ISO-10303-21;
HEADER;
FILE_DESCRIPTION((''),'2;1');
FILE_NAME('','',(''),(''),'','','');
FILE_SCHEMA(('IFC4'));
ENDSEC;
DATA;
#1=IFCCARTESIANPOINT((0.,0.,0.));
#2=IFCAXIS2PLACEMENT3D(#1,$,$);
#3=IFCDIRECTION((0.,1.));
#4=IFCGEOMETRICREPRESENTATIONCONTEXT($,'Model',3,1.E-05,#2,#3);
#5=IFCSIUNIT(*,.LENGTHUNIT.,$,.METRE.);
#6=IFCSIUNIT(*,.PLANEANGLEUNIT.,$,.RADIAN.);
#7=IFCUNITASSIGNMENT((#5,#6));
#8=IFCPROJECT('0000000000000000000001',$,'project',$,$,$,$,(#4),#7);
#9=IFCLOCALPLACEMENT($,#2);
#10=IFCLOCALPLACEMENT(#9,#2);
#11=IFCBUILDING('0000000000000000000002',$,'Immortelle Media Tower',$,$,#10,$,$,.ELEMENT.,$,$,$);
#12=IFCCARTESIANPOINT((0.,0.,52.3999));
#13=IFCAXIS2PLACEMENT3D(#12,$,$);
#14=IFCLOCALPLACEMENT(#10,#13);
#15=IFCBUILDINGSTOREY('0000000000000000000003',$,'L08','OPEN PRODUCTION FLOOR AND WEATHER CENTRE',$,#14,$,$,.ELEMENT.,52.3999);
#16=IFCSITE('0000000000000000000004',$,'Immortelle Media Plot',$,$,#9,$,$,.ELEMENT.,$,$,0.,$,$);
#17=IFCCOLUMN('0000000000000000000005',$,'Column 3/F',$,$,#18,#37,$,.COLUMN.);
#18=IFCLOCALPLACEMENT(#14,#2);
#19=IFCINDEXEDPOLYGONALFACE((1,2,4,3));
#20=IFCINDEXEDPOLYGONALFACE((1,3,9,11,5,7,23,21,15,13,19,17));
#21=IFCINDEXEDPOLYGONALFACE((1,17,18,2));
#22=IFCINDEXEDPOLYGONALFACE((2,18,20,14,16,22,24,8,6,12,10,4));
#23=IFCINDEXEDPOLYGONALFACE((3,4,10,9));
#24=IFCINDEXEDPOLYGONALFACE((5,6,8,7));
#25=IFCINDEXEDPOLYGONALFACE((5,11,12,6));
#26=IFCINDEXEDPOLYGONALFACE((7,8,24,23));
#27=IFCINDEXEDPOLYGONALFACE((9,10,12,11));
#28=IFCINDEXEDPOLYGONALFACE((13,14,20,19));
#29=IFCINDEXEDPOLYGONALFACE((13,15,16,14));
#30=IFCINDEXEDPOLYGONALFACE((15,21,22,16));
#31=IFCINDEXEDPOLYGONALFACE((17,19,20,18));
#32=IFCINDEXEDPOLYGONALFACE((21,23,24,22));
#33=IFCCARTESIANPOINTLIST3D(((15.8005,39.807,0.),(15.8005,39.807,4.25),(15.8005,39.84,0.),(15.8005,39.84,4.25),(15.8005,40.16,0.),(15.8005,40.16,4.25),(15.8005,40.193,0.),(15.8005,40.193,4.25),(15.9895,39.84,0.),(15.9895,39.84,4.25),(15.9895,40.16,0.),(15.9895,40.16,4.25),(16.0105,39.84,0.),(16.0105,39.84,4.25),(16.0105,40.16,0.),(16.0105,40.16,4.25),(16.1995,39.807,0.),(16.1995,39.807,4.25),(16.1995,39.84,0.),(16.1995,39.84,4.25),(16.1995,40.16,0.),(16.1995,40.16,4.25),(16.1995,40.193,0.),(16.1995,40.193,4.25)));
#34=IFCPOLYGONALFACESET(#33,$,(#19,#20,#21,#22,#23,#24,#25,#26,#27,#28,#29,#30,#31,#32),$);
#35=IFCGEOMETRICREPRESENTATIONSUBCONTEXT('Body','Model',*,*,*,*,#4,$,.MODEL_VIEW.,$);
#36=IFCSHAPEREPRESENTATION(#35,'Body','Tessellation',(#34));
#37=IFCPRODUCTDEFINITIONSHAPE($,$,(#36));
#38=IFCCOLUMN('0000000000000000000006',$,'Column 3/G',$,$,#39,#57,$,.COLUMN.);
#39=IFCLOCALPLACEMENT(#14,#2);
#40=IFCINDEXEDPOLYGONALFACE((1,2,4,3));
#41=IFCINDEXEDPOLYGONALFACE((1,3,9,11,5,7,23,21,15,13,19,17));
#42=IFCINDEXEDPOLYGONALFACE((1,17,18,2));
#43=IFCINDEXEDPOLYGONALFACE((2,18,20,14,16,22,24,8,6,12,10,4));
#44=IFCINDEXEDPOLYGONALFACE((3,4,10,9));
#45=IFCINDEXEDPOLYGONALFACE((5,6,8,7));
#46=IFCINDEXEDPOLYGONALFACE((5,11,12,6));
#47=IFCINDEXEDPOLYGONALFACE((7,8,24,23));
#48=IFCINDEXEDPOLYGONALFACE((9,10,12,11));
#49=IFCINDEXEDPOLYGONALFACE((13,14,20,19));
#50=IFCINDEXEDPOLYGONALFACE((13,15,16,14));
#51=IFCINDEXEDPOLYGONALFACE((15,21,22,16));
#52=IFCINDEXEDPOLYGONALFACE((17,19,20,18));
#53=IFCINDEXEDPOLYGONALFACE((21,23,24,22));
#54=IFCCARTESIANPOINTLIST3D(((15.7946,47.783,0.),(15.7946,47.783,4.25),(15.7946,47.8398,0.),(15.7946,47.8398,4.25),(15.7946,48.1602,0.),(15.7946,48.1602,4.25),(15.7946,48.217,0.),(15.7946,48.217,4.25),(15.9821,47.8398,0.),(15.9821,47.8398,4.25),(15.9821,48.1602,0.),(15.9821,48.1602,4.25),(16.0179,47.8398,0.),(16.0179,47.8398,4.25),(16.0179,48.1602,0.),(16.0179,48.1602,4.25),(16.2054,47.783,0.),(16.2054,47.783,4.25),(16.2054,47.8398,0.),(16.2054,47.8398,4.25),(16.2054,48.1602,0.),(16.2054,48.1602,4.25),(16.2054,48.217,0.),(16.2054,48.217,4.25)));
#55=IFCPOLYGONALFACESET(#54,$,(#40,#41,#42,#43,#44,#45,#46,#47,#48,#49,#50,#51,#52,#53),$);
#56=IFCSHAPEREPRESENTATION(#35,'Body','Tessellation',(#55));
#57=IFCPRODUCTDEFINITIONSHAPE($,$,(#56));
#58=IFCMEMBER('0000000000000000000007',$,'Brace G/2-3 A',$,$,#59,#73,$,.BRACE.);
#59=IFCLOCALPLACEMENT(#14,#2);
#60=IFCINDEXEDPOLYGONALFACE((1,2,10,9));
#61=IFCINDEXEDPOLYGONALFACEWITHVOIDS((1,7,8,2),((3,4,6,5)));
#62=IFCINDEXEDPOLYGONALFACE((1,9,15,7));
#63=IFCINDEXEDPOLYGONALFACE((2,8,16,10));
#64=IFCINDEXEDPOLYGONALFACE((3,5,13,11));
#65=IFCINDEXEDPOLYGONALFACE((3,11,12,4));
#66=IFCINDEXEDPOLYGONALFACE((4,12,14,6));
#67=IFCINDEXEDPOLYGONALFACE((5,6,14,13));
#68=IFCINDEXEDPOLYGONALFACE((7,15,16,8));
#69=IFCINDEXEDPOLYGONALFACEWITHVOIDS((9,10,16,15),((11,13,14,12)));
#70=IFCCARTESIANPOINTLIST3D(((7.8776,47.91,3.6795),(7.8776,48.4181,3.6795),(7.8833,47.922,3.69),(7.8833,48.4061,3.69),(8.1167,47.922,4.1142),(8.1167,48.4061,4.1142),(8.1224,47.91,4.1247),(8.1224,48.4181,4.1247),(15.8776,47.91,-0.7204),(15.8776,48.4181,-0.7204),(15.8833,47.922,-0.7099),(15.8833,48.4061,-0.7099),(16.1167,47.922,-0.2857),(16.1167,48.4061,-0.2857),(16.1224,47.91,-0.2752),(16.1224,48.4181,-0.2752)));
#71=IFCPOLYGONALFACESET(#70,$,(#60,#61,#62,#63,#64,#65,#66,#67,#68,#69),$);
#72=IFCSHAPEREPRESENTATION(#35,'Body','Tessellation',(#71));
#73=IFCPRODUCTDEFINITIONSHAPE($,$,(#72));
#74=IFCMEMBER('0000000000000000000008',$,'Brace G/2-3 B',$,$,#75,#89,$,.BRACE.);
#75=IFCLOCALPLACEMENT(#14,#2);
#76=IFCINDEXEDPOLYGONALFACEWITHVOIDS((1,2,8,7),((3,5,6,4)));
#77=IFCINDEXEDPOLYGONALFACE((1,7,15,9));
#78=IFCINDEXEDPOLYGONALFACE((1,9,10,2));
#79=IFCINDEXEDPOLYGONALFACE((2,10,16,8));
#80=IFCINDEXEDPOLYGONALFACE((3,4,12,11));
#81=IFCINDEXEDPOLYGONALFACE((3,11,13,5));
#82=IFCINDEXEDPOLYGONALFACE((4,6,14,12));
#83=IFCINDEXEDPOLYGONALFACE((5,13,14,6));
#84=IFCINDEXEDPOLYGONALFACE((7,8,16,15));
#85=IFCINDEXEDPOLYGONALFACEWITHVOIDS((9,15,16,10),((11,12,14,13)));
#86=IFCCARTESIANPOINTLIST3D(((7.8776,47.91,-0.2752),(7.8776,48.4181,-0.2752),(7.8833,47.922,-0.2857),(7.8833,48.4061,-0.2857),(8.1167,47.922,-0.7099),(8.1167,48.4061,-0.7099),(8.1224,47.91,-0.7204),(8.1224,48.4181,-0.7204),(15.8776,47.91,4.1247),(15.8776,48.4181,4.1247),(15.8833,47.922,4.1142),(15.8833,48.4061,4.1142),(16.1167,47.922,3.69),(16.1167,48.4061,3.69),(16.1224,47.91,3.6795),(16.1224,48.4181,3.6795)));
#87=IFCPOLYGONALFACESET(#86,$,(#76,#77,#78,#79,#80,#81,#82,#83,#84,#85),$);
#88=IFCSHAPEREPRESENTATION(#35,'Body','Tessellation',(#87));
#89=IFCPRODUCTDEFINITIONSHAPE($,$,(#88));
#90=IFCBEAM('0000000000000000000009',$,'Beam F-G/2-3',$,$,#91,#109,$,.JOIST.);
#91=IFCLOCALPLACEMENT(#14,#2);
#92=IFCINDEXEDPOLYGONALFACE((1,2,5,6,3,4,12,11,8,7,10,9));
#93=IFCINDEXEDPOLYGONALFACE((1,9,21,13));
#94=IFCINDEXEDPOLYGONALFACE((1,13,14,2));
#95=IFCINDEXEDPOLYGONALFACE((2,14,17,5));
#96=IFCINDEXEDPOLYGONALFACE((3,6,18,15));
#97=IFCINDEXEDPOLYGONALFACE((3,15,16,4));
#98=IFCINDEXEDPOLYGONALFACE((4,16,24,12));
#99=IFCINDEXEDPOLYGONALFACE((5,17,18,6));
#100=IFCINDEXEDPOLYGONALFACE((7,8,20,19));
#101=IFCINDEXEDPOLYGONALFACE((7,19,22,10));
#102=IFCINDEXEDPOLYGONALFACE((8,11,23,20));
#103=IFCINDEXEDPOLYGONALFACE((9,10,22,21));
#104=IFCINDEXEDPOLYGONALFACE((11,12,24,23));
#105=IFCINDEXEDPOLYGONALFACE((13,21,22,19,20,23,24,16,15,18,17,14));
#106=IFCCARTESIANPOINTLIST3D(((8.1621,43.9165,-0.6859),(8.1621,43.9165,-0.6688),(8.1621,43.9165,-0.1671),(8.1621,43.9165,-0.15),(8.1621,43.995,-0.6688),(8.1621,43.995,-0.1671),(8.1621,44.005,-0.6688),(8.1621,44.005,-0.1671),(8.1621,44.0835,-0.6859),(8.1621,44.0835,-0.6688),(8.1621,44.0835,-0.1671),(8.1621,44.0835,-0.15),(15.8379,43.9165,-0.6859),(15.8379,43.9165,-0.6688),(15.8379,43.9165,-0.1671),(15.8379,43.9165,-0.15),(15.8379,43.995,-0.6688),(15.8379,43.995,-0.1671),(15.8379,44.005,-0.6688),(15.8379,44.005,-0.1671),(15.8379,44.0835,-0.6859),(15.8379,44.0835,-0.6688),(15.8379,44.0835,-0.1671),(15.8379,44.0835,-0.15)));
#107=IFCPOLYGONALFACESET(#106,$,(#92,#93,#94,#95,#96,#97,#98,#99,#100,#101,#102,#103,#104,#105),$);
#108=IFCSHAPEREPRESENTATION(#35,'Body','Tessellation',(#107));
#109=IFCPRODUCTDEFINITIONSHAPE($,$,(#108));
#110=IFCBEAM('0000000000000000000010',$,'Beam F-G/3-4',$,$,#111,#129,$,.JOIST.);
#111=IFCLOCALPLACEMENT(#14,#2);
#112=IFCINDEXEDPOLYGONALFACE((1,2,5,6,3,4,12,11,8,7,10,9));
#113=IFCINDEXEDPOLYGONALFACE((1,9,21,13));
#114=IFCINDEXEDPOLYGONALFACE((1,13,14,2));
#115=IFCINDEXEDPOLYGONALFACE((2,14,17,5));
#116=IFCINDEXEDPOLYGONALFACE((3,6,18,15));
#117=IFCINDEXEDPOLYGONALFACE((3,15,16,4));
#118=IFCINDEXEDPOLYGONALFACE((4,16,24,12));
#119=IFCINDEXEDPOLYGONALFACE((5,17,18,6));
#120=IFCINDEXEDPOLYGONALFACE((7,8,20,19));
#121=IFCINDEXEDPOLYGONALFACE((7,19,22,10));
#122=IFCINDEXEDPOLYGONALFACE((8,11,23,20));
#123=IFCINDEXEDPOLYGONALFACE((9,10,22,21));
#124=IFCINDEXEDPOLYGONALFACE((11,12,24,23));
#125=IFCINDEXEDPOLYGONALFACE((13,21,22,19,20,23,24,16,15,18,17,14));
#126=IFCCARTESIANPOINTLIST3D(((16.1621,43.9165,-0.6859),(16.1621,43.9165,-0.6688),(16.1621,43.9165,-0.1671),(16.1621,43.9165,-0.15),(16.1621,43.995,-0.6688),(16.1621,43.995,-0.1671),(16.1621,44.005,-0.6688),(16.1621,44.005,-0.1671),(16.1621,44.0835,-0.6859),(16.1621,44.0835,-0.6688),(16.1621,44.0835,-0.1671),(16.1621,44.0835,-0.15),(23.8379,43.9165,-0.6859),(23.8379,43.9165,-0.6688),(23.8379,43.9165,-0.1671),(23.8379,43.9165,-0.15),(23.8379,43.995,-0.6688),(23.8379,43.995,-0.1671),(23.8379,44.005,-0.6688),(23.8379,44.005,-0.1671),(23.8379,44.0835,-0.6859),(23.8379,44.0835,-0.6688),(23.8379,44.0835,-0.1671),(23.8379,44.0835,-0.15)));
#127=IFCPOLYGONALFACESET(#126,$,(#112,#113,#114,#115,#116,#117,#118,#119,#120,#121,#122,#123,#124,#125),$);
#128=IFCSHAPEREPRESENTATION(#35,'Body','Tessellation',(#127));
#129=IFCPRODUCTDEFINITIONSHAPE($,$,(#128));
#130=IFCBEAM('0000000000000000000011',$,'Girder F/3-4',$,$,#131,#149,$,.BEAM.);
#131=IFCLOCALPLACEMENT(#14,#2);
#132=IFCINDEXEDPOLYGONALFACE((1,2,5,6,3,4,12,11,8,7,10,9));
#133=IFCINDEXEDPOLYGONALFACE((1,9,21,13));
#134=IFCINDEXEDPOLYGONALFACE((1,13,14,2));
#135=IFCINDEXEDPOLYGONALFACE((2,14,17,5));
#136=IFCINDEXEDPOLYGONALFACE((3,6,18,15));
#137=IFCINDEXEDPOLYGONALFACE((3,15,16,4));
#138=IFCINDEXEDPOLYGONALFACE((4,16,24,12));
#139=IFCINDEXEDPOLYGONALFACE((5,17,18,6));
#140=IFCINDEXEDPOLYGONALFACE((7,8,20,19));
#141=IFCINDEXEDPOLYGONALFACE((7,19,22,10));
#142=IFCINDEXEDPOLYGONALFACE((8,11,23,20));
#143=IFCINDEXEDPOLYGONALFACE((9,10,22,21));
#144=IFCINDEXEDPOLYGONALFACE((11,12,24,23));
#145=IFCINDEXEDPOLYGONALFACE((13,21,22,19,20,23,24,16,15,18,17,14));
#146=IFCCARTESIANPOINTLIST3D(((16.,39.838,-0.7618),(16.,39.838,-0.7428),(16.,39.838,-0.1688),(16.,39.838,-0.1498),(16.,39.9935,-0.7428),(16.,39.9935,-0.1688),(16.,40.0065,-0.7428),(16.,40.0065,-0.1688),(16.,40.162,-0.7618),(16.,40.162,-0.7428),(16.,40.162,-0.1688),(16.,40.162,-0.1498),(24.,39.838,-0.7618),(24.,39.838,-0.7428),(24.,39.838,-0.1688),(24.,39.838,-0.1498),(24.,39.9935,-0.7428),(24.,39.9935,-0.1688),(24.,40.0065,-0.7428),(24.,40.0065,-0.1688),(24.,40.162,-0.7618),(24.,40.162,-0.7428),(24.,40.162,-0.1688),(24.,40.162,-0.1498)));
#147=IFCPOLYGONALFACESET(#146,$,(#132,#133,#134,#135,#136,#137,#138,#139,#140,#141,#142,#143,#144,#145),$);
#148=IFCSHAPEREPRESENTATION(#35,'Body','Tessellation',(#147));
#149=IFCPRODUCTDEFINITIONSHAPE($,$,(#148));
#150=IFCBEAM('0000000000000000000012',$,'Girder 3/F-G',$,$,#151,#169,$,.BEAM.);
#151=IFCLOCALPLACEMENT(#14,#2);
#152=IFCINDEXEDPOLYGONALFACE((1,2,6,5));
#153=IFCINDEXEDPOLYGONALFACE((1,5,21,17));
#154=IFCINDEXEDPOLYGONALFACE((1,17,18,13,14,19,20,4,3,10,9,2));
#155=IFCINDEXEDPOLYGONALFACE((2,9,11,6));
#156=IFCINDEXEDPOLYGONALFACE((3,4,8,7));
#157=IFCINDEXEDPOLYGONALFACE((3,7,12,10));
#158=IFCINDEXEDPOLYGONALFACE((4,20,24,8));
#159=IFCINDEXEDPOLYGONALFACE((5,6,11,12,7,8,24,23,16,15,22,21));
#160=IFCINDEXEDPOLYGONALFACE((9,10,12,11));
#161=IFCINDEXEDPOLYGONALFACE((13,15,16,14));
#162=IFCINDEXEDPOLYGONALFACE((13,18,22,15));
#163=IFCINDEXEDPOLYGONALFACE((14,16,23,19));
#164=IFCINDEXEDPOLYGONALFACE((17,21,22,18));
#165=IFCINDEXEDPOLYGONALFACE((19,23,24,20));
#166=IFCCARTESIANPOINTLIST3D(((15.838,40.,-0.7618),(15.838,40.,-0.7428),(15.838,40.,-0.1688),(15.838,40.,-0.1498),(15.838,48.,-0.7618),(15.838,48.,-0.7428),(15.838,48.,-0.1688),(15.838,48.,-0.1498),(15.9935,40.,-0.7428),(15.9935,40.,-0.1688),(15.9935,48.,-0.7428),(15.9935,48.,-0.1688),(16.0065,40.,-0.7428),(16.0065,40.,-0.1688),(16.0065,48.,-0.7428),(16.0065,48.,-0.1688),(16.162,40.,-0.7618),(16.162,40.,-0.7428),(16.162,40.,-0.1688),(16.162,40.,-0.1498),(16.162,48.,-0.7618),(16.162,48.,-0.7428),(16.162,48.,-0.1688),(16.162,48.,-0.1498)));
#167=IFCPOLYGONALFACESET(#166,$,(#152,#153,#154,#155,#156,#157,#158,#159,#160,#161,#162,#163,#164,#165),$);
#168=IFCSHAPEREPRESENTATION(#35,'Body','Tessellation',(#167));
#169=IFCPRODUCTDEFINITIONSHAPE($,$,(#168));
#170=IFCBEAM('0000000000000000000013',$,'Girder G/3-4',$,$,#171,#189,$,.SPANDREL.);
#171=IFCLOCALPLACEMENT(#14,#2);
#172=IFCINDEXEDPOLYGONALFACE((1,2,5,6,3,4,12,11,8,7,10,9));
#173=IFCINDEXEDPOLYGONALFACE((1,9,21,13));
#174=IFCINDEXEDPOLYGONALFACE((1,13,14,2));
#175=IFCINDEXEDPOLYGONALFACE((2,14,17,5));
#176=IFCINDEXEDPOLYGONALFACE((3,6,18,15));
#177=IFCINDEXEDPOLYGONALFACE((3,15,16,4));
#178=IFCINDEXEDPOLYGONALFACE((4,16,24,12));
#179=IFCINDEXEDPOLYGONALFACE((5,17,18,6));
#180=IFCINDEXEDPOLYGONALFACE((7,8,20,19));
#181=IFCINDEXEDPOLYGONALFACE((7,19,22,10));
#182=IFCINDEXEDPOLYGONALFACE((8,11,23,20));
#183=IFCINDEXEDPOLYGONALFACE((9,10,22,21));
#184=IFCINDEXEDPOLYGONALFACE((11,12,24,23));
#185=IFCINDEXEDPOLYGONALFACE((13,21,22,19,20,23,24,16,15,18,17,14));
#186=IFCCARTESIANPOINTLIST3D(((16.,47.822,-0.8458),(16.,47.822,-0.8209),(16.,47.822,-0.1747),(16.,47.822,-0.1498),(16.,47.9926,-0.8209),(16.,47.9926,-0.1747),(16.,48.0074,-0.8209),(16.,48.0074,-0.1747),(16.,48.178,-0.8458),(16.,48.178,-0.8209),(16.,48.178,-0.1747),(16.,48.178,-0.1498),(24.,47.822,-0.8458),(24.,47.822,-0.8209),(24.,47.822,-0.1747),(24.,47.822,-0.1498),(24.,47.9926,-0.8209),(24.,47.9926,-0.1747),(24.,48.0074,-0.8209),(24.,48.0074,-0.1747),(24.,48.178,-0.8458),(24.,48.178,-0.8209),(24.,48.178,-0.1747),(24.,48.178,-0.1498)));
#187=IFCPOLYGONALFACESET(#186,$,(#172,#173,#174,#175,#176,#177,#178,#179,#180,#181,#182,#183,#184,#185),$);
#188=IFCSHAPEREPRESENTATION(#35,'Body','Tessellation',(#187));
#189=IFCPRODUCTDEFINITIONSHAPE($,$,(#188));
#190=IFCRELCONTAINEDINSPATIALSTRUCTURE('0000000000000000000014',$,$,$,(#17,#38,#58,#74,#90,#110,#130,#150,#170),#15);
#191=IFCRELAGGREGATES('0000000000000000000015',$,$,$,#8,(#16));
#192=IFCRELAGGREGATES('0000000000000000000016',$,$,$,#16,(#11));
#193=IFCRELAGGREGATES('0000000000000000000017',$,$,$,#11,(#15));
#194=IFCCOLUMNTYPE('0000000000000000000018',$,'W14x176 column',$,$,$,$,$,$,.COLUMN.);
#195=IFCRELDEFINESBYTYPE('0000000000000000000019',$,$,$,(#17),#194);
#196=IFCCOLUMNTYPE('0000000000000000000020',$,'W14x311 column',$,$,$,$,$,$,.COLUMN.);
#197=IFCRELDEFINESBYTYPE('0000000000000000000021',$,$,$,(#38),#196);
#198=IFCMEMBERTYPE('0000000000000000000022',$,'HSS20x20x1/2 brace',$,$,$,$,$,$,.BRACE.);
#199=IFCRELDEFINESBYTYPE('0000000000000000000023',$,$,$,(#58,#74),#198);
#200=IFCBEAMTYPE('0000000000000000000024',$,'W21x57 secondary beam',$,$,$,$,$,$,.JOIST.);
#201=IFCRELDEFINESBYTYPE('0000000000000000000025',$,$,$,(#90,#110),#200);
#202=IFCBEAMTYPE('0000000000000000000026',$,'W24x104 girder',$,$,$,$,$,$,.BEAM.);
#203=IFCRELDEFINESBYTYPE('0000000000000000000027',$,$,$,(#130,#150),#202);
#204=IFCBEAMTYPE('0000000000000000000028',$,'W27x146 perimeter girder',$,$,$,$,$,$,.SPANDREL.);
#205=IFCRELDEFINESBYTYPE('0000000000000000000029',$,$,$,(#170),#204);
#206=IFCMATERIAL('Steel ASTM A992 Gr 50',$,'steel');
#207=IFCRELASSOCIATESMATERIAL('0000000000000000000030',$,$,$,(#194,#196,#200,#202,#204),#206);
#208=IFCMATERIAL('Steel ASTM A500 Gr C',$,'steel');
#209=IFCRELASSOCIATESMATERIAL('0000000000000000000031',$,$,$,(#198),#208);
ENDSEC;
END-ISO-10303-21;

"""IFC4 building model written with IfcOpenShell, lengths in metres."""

from ifc_helpers import new_model, si_unit, direction, frame, origin, origin_2d, place, context, subcontext, project, spatial, hollow_rectangle, i_section, extrude, material, material_profile, profile_set, type_object, element, save


model = new_model("IFC4")

# Units and contexts
model_context = context("Model", 3, precision=1e-05, world=origin(), true_north=direction((0.0, 1.0)))
body_context = subcontext(model_context, "Body", "Model", "MODEL_VIEW")
ifc_project = project(units=[si_unit("LENGTHUNIT", "METRE"), si_unit("PLANEANGLEUNIT", "RADIAN")], contexts=[model_context])

# Site, building, storey
site_placement = place(None, origin())
site = spatial("IfcSite", under=ifc_project, at=site_placement, Name="Immortelle Media Plot", CompositionType="ELEMENT", RefElevation=0.0)
building_placement = place(site_placement, origin())
building = spatial("IfcBuilding", under=site, at=building_placement, Name="Immortelle Media Tower", CompositionType="ELEMENT")
storey_placement = place(building_placement, frame((0.0, 0.0, 52.3999)))
storey = spatial("IfcBuildingStorey", under=building, at=storey_placement, Name="L08", Description="OPEN PRODUCTION FLOOR AND WEATHER CENTRE", CompositionType="ELEMENT", Elevation=52.3999)

# Columns
ifc_material_1 = material(Name="Steel ASTM A992 Gr 50", Category="steel")
ifc_material_profile_1 = material_profile(ifc_material_1, i_section(OverallWidth=0.3989, OverallDepth=0.386, WebThickness=0.021, FlangeThickness=0.033, at=origin_2d()), Name="W14x176")
ifc_profile_set_1 = profile_set([ifc_material_profile_1], Name="Steel ASTM A992 Gr 50")
column_type_1 = type_object("IfcColumnType", Name="W14x176 column", PredefinedType="COLUMN", material=ifc_profile_set_1)
column_1_placement = place(storey_placement, frame((16.0, 40.0, 0.0), z_axis=(0.0, 0.0, 1.0), x_axis=(1.0, 0.0, 0.0)))
element("IfcColumn", 1, at=column_1_placement, inside=storey, type_object=column_type_1, Name="Column 3/F", PredefinedType="COLUMN", context=body_context, shape_type="SweptSolid", body=[
    extrude(i_section(OverallWidth=0.3989, OverallDepth=0.386, WebThickness=0.021, FlangeThickness=0.033, at=origin_2d()), origin(), (0.0, 0.0, 1.0), 4.25),
])
ifc_material_profile_2 = material_profile(ifc_material_1, i_section(OverallWidth=0.4109, OverallDepth=0.4341, WebThickness=0.0359, FlangeThickness=0.0569, at=origin_2d()), Name="W14x311")
ifc_profile_set_2 = profile_set([ifc_material_profile_2], Name="Steel ASTM A992 Gr 50")
column_type_2 = type_object("IfcColumnType", Name="W14x311 column", PredefinedType="COLUMN", material=ifc_profile_set_2)
column_2_placement = place(storey_placement, frame((16.0, 48.0, 0.0), z_axis=(0.0, 0.0, 1.0), x_axis=(1.0, 0.0, 0.0)))
element("IfcColumn", 2, at=column_2_placement, inside=storey, type_object=column_type_2, Name="Column 3/G", PredefinedType="COLUMN", context=body_context, shape_type="SweptSolid", body=[
    extrude(i_section(OverallWidth=0.4109, OverallDepth=0.4341, WebThickness=0.0359, FlangeThickness=0.0569, at=origin_2d()), origin(), (0.0, 0.0, 1.0), 4.25),
])

# Members
ifc_material_2 = material(Name="Steel ASTM A500 Gr C", Category="steel")
ifc_material_profile_3 = material_profile(ifc_material_2, hollow_rectangle(XDim=0.5081, YDim=0.5081, WallThickness=0.012, at=origin_2d()), Name="HSS20x20x1/2 brace")
ifc_profile_set_3 = profile_set([ifc_material_profile_3], Name="Steel ASTM A500 Gr C")
member_type = type_object("IfcMemberType", Name="HSS20x20x1/2 brace", PredefinedType="BRACE", material=ifc_profile_set_3)
for number, where, z_axis, x_axis, name in (
    (3, (16.0, 48.1641, -0.4978), (-0.87622, 0.0, 0.481911), (0.0, -1.0, 0.0), "Brace G/2-3 A"),
    (4, (16.0, 48.1641, 3.9021), (-0.87622, 0.0, -0.481911), (0.0, -1.0, 0.0), "Brace G/2-3 B"),
):
    element("IfcMember", number, at=place(storey_placement, frame(where, z_axis=z_axis, x_axis=x_axis)), inside=storey, type_object=member_type, Name=name, PredefinedType="BRACE", context=body_context, shape_type="SweptSolid", body=[
        extrude(hollow_rectangle(XDim=0.5081, YDim=0.5081, WallThickness=0.012, at=origin_2d()), origin(), (0.0, 0.0, 1.0), 9.1301),
    ])

# Beams
ifc_material_profile_4 = material_profile(ifc_material_1, i_section(OverallWidth=0.167, OverallDepth=0.5359, WebThickness=0.01, FlangeThickness=0.0171, at=origin_2d()), Name="W21x57")
ifc_profile_set_4 = profile_set([ifc_material_profile_4], Name="Steel ASTM A992 Gr 50")
beam_type_1 = type_object("IfcBeamType", Name="W21x57 secondary beam", PredefinedType="JOIST", material=ifc_profile_set_4)
for number, where, z_axis, x_axis, name in (
    (5, (8.1621, 44.0, -0.418), (1.0, 0.0, 0.0), (0.0, 1.0, 0.0), "Beam F-G/2-3"),
    (6, (16.1621, 44.0, -0.418), (1.0, 0.0, 0.0), (0.0, 1.0, 0.0), "Beam F-G/3-4"),
):
    element("IfcBeam", number, at=place(storey_placement, frame(where, z_axis=z_axis, x_axis=x_axis)), inside=storey, type_object=beam_type_1, Name=name, PredefinedType="JOIST", context=body_context, shape_type="SweptSolid", body=[
        extrude(i_section(OverallWidth=0.167, OverallDepth=0.5359, WebThickness=0.01, FlangeThickness=0.0171, at=origin_2d()), origin(), (0.0, 0.0, 1.0), 7.6758),
    ])
ifc_material_profile_5 = material_profile(ifc_material_1, i_section(OverallWidth=0.324, OverallDepth=0.6121, WebThickness=0.0129, FlangeThickness=0.019, at=origin_2d()), Name="W24x104")
ifc_profile_set_5 = profile_set([ifc_material_profile_5], Name="Steel ASTM A992 Gr 50")
beam_type_2 = type_object("IfcBeamType", Name="W24x104 girder", PredefinedType="BEAM", material=ifc_profile_set_5)
for number, where, z_axis, x_axis, name in (
    (7, (16.0, 40.0, -0.4558), (1.0, 0.0, 0.0), (0.0, 1.0, 0.0), "Girder F/3-4"),
    (8, (16.0, 40.0, -0.4558), (0.0, 1.0, 0.0), (-1.0, 0.0, 0.0), "Girder 3/F-G"),
):
    element("IfcBeam", number, at=place(storey_placement, frame(where, z_axis=z_axis, x_axis=x_axis)), inside=storey, type_object=beam_type_2, Name=name, PredefinedType="BEAM", context=body_context, shape_type="SweptSolid", body=[
        extrude(i_section(OverallWidth=0.324, OverallDepth=0.6121, WebThickness=0.0129, FlangeThickness=0.019, at=origin_2d()), origin(), (0.0, 0.0, 1.0), 8.0),
    ])
ifc_material_profile_6 = material_profile(ifc_material_1, i_section(OverallWidth=0.356, OverallDepth=0.696, WebThickness=0.0149, FlangeThickness=0.0249, at=origin_2d()), Name="W27x146")
ifc_profile_set_6 = profile_set([ifc_material_profile_6], Name="Steel ASTM A992 Gr 50")
beam_type_3 = type_object("IfcBeamType", Name="W27x146 perimeter girder", PredefinedType="SPANDREL", material=ifc_profile_set_6)
beam_placement = place(storey_placement, frame((16.0, 48.0, -0.4978), z_axis=(1.0, 0.0, 0.0), x_axis=(0.0, 1.0, 0.0)))
element("IfcBeam", 9, at=beam_placement, inside=storey, type_object=beam_type_3, Name="Girder G/3-4", PredefinedType="SPANDREL", context=body_context, shape_type="SweptSolid", body=[
    extrude(i_section(OverallWidth=0.356, OverallDepth=0.696, WebThickness=0.0149, FlangeThickness=0.0249, at=origin_2d()), origin(), (0.0, 0.0, 1.0), 8.0),
])

save(model, "model.ifc")
